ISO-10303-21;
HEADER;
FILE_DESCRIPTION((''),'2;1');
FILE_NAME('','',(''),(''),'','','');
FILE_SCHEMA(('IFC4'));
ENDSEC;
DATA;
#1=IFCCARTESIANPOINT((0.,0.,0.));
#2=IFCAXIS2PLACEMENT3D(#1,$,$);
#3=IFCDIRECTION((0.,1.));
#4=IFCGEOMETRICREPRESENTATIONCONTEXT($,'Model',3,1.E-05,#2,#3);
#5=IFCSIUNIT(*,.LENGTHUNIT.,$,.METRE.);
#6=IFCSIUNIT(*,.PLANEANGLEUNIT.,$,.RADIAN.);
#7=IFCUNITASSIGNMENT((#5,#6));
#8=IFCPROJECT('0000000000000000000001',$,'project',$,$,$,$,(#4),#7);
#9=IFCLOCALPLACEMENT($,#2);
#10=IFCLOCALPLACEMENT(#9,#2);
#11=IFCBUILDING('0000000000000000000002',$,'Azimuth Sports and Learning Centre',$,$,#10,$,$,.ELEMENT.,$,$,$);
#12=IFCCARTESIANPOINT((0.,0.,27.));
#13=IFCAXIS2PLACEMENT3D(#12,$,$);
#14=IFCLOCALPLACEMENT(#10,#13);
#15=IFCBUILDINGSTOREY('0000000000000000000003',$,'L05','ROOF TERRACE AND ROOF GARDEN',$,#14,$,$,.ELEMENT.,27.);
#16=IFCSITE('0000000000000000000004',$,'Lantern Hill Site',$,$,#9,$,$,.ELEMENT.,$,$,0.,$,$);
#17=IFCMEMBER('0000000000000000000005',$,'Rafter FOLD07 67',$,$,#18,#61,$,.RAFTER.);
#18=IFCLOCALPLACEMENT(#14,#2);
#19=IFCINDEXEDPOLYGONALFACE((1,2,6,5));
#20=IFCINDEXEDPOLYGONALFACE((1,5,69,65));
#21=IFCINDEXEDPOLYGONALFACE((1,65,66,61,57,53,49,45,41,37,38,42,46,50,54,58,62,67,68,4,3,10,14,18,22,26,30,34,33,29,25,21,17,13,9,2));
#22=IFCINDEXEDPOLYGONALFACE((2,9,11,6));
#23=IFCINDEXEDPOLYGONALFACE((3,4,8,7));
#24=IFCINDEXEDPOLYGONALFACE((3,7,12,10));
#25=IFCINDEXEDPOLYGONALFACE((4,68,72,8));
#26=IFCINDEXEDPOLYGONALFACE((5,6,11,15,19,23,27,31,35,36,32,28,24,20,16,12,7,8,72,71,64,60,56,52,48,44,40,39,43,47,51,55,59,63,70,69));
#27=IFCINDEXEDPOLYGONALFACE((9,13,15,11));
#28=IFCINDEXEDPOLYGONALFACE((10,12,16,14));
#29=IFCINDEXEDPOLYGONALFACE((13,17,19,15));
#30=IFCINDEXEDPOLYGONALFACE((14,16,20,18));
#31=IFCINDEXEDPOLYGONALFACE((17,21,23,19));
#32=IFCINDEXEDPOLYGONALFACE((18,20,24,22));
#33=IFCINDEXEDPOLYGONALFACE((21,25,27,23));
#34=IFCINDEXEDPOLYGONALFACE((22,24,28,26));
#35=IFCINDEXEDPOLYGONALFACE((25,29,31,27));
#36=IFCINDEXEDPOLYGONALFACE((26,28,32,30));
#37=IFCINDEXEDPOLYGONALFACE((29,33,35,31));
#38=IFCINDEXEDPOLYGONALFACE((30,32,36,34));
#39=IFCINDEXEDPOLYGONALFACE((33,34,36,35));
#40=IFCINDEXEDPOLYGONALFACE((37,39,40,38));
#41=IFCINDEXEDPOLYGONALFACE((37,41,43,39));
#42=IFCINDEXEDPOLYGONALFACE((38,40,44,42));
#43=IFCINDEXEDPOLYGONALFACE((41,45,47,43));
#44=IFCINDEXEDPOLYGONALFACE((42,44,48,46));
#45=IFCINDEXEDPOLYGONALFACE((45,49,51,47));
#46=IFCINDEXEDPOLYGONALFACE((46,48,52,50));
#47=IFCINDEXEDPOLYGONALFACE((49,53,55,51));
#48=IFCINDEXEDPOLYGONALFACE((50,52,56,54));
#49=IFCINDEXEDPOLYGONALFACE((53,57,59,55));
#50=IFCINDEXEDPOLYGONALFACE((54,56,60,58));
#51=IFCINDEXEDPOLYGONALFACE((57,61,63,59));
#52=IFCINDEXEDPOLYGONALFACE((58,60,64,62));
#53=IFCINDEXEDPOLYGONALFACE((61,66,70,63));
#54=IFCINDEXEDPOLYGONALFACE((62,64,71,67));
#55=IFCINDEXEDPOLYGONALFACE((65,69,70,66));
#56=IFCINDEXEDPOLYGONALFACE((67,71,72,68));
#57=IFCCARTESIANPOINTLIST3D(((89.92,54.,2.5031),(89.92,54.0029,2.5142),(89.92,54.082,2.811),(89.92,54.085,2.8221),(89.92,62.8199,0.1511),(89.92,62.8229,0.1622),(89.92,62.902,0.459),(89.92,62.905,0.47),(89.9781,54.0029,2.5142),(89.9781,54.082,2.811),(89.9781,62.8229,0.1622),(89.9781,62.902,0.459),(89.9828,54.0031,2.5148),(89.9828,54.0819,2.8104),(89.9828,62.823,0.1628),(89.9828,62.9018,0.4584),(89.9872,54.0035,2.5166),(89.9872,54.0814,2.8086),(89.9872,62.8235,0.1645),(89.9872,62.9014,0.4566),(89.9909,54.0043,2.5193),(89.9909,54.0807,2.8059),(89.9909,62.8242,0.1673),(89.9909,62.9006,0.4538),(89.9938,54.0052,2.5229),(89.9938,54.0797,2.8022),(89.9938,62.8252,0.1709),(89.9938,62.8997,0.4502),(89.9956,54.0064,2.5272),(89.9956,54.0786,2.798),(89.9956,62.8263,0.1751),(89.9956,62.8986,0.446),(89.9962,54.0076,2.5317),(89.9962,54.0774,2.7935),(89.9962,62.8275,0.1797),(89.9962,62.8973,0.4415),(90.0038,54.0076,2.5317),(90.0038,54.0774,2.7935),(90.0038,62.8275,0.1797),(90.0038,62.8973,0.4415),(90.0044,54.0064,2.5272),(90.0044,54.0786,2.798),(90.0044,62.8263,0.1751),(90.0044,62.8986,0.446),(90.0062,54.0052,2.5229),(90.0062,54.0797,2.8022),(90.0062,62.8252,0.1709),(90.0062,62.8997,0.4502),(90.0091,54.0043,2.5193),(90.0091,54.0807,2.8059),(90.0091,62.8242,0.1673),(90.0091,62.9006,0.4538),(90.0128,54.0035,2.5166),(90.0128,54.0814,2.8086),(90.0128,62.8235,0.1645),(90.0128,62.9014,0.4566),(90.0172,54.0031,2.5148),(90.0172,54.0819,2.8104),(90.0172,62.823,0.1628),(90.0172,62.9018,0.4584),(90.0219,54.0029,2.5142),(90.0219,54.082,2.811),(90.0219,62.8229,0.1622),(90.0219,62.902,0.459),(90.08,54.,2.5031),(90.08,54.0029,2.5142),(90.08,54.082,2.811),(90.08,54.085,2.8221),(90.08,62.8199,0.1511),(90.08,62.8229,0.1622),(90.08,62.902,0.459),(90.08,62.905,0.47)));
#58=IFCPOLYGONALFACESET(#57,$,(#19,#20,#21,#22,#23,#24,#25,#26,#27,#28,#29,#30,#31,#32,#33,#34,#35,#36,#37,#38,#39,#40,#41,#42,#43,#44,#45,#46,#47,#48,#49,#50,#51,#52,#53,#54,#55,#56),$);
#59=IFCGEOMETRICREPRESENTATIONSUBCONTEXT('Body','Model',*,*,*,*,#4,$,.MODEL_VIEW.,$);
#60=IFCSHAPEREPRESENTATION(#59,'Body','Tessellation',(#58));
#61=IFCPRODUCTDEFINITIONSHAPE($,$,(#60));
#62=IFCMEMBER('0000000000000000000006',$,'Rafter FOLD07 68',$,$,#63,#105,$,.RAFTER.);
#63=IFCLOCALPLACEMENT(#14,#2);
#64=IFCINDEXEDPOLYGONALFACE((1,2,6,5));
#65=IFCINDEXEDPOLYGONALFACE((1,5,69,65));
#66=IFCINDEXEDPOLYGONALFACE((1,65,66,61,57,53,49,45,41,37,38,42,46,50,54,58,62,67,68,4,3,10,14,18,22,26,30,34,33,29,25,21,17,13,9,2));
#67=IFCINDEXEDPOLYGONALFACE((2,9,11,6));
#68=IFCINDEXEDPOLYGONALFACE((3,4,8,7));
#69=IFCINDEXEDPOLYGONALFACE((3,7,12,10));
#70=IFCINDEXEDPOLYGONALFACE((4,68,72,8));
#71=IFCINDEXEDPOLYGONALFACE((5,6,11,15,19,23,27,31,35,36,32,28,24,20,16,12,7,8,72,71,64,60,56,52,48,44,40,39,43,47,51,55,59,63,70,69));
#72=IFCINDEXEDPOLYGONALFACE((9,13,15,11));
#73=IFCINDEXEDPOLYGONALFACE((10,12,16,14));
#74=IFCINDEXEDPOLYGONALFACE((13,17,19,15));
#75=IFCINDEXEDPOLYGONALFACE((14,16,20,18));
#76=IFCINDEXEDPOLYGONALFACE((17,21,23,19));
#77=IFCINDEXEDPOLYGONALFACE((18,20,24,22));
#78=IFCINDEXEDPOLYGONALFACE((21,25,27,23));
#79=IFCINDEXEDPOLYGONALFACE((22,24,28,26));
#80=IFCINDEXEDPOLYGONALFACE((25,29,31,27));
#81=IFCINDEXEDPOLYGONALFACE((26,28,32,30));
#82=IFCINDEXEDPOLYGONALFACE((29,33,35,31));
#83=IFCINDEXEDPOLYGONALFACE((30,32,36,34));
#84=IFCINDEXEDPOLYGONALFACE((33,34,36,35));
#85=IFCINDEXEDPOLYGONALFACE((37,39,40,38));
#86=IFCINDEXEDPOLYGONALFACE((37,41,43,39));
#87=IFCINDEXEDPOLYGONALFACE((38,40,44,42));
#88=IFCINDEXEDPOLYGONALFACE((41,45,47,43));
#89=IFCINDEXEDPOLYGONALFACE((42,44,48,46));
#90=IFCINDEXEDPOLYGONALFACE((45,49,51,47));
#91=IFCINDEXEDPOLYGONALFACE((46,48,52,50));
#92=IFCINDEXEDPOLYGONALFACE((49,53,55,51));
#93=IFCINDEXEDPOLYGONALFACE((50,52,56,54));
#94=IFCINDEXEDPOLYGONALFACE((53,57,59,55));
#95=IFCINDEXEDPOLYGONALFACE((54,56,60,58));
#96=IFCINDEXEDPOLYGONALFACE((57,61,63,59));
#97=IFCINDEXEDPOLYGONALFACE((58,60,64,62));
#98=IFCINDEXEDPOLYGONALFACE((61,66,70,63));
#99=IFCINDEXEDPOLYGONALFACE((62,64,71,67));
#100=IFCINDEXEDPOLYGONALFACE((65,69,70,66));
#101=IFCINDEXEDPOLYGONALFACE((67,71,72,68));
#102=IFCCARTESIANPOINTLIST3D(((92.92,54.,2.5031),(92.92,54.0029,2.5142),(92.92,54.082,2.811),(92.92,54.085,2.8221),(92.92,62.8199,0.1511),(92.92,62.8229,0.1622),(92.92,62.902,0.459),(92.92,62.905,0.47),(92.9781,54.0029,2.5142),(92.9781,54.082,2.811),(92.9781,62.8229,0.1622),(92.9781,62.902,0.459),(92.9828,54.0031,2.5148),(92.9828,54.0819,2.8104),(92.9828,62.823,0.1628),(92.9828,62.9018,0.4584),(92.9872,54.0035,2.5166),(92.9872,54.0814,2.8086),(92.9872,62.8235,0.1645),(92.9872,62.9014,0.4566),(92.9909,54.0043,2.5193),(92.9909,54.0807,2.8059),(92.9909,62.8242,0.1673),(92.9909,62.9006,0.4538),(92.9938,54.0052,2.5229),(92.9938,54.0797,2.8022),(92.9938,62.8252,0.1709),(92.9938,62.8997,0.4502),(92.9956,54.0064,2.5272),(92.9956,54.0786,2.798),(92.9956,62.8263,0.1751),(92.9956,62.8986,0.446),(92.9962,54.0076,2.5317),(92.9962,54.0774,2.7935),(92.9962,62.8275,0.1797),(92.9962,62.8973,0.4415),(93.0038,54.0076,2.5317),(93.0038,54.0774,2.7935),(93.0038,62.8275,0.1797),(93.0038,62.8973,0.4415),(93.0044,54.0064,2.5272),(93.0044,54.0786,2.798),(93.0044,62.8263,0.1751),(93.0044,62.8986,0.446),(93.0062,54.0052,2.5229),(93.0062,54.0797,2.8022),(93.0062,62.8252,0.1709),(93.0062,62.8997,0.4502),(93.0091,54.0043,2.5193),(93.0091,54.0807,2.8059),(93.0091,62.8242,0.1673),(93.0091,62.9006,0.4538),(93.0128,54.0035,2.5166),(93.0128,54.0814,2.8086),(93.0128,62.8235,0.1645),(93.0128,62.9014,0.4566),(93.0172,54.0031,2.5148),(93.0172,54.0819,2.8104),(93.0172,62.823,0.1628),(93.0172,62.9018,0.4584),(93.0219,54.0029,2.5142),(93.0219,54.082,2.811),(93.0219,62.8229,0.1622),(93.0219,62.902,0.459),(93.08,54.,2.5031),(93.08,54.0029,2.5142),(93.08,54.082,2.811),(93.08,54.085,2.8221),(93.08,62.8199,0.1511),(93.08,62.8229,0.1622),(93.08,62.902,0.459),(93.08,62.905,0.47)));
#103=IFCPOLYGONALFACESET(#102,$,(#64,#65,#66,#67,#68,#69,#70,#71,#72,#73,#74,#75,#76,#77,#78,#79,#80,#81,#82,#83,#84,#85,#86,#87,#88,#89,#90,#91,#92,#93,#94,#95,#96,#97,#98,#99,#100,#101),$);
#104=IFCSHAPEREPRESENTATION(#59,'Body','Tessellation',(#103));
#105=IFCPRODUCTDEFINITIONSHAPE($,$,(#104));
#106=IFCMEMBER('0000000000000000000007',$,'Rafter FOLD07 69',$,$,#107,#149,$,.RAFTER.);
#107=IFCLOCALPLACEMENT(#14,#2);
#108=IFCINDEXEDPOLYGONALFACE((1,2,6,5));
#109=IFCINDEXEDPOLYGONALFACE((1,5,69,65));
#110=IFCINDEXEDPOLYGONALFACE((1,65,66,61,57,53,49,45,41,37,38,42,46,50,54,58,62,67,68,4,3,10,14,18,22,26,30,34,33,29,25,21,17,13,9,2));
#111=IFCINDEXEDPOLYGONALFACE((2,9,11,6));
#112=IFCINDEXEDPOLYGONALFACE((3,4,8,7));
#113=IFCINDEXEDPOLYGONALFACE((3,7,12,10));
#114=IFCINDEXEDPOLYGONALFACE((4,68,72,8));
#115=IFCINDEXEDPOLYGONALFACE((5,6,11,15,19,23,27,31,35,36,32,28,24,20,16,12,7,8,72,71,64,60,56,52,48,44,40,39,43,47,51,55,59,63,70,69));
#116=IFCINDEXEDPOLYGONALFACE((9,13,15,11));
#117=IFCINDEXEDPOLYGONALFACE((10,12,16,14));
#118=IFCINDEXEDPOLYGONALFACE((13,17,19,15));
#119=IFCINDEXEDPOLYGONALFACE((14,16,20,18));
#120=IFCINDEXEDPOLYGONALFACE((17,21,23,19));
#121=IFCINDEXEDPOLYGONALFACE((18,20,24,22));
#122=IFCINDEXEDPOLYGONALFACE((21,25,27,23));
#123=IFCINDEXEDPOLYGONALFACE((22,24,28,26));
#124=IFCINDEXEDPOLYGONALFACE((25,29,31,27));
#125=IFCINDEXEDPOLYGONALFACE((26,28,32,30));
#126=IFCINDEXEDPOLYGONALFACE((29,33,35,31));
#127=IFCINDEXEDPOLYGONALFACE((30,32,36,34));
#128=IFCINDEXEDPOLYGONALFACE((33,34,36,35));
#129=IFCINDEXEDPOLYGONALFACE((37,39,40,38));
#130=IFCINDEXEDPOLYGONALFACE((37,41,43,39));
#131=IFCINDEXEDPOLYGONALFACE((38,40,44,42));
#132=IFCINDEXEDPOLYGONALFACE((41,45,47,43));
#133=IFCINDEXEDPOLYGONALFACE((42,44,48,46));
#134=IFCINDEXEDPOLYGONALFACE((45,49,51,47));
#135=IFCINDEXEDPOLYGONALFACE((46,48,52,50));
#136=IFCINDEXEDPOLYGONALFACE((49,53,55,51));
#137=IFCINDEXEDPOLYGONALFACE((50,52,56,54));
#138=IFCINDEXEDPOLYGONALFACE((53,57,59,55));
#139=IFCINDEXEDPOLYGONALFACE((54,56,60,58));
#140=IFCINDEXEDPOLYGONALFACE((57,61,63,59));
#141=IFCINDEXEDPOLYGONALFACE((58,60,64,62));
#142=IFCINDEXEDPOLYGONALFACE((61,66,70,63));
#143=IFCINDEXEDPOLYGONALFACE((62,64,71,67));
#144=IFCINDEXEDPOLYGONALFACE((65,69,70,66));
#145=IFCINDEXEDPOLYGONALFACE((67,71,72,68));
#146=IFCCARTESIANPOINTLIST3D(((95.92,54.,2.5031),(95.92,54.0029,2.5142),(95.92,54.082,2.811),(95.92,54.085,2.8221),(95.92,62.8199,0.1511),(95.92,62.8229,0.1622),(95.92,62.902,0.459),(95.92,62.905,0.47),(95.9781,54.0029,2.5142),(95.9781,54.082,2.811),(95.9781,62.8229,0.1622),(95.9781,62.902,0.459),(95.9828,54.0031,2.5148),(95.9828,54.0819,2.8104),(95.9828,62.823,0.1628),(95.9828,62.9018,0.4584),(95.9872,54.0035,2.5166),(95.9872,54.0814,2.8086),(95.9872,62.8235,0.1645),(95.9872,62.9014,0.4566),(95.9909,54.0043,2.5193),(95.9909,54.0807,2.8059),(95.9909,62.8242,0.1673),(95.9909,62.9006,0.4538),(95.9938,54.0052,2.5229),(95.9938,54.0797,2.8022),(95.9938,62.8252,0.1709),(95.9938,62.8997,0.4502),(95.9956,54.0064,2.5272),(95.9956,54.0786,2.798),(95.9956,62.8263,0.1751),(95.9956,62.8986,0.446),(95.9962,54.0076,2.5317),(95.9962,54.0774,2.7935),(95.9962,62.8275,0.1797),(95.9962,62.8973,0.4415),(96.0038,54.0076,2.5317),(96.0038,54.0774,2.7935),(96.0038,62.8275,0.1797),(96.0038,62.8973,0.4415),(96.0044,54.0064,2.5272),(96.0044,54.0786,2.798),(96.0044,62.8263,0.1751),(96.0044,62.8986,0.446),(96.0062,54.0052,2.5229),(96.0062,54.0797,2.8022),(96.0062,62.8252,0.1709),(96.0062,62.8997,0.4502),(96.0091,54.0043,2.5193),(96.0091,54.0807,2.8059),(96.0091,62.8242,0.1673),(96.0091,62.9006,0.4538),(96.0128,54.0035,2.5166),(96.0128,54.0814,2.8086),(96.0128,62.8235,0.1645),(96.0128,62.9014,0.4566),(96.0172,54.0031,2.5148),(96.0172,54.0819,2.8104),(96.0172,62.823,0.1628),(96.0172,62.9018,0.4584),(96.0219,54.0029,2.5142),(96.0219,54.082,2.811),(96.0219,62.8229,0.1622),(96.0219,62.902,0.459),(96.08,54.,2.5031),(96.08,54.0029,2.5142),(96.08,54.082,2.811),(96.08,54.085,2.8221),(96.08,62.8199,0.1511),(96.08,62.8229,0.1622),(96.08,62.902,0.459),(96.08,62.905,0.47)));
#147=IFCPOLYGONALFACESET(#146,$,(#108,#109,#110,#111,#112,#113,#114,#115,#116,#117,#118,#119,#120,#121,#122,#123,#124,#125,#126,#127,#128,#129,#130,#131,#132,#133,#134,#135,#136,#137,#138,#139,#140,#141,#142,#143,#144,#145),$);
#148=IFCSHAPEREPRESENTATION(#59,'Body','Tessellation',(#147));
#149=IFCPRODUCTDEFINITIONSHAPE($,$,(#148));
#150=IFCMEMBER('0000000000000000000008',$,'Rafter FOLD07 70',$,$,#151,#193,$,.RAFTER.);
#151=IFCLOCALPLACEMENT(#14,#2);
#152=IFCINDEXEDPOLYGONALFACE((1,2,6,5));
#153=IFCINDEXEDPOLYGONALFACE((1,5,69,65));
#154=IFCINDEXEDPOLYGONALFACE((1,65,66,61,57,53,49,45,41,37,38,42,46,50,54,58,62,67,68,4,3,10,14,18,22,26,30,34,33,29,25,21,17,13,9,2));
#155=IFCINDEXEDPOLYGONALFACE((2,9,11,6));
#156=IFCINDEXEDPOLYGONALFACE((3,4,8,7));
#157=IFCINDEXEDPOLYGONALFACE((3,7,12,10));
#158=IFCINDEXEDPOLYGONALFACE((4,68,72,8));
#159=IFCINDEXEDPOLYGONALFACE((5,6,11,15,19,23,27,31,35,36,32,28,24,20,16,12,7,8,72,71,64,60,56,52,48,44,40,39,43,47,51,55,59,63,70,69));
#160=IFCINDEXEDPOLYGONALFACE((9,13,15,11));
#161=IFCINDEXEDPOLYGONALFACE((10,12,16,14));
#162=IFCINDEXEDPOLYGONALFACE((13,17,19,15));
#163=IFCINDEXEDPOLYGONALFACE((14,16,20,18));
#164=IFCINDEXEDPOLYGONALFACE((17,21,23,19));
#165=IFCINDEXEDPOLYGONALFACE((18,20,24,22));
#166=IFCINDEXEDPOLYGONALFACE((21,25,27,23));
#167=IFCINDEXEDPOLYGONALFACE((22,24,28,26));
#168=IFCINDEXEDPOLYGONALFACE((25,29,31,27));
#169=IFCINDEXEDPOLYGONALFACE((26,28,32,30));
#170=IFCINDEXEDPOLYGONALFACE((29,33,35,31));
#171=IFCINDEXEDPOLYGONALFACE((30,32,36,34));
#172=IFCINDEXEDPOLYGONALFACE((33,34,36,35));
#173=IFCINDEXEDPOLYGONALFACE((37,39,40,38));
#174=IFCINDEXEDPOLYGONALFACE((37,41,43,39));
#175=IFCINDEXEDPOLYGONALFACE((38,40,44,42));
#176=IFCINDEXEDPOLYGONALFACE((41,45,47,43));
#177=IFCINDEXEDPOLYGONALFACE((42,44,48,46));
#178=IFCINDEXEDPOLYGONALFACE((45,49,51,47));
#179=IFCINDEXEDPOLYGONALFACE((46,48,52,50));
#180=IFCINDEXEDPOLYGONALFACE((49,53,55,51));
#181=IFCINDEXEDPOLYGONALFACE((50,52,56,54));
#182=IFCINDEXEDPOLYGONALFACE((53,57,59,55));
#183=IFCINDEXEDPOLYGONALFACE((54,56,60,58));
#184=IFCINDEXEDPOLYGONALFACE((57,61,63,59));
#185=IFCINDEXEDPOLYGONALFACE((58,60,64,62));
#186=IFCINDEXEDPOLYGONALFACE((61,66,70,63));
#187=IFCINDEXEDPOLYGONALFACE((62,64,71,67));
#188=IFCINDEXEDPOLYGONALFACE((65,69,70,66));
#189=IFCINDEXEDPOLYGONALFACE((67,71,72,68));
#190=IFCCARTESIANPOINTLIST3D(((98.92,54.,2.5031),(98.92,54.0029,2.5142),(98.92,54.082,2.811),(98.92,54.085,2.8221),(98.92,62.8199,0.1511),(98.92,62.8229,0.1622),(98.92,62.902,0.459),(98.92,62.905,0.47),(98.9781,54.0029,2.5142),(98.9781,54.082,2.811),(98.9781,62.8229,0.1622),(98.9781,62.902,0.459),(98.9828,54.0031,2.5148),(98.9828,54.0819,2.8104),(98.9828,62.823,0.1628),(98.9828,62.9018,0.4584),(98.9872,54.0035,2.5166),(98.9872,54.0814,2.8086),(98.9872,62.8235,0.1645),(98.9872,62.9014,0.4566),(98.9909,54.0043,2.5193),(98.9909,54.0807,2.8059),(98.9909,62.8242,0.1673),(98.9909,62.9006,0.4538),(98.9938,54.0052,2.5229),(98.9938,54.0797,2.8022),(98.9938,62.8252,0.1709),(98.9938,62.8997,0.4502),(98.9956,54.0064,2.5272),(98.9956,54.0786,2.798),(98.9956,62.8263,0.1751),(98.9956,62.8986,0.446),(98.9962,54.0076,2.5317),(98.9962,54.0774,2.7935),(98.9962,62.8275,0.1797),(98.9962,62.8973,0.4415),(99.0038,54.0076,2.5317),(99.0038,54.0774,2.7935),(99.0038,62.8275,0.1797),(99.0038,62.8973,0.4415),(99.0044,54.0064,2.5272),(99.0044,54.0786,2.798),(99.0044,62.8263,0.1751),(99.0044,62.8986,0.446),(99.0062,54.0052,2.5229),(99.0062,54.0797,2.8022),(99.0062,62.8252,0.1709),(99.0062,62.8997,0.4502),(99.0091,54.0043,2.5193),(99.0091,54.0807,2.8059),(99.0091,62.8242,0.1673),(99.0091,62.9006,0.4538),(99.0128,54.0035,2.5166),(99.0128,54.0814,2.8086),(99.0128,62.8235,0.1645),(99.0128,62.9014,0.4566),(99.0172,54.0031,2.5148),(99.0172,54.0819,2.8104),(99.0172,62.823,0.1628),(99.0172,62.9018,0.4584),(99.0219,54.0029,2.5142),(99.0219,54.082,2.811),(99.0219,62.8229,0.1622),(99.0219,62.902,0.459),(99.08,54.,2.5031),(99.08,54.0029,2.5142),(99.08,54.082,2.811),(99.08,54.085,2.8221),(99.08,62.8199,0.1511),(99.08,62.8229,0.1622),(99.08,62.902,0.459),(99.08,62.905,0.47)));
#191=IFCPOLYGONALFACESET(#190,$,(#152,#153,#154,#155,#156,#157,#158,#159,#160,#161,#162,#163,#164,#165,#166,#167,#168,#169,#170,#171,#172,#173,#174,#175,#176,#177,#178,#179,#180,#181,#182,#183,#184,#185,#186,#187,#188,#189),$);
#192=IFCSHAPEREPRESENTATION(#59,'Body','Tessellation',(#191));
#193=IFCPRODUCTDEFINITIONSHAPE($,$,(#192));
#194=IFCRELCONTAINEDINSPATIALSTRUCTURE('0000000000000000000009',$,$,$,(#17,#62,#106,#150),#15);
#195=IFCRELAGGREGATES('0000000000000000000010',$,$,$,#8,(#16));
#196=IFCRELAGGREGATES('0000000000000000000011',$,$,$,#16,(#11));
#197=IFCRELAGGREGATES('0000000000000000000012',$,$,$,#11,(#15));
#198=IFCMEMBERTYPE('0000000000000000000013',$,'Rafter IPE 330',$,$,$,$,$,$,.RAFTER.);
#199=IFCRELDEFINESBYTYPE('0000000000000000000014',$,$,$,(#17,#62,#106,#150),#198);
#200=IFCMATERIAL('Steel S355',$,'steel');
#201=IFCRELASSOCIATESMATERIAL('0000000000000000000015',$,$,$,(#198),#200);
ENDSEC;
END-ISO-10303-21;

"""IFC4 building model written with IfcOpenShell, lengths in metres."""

from ifc_helpers import new_model, si_unit, direction, frame, origin, origin_2d, place, context, subcontext, project, spatial, i_section, extrude, material, material_profile, profile_set, type_object, element, save


model = new_model("IFC4")

# Units and contexts
model_context = context("Model", 3, precision=1e-05, world=origin(), true_north=direction((0.0, 1.0)))
body_context = subcontext(model_context, "Body", "Model", "MODEL_VIEW")
ifc_project = project(units=[si_unit("LENGTHUNIT", "METRE"), si_unit("PLANEANGLEUNIT", "RADIAN")], contexts=[model_context])

# Site, building, storey
site_placement = place(None, origin())
site = spatial("IfcSite", under=ifc_project, at=site_placement, Name="Lantern Hill Site", CompositionType="ELEMENT", RefElevation=0.0)
building_placement = place(site_placement, origin())
building = spatial("IfcBuilding", under=site, at=building_placement, Name="Azimuth Sports and Learning Centre", CompositionType="ELEMENT")
storey_placement = place(building_placement, frame((0.0, 0.0, 27.0)))
storey = spatial("IfcBuildingStorey", under=building, at=storey_placement, Name="L05", Description="ROOF TERRACE AND ROOF GARDEN", CompositionType="ELEMENT", Elevation=27.0)

# Members
ifc_material_1 = material(Name="Steel S355", Category="steel")
ifc_material_profile_1 = material_profile(ifc_material_1, i_section(OverallWidth=0.1599, OverallDepth=0.3301, WebThickness=0.0076, FlangeThickness=0.0115, FilletRadius=0.0181, at=origin_2d()), Name="IPE 330")
ifc_profile_set_1 = profile_set([ifc_material_profile_1], Name="Steel S355")
member_type_1 = type_object("IfcMemberType", Name="Rafter IPE 330", PredefinedType="RAFTER", material=ifc_profile_set_1)
for number, where, z_axis, x_axis, name in (
    (1, (90.0, 54.0425, 2.6626), (0.0, 0.966234, -0.257666), (-1.0, 0.0, 0.0), "Rafter FOLD07 67"),
    (2, (93.0, 54.0425, 2.6626), (0.0, 0.966234, -0.257666), (-1.0, 0.0, 0.0), "Rafter FOLD07 68"),
    (3, (96.0, 54.0425, 2.6626), (0.0, 0.966234, -0.257666), (-1.0, 0.0, 0.0), "Rafter FOLD07 69"),
    (4, (99.0, 54.0425, 2.6626), (0.0, 0.966234, -0.257666), (-1.0, 0.0, 0.0), "Rafter FOLD07 70"),
):
    element("IfcMember", number, at=place(storey_placement, frame(where, z_axis=z_axis, x_axis=x_axis)), inside=storey, type_object=member_type_1, Name=name, PredefinedType="RAFTER", context=body_context, shape_type="SweptSolid", body=[
        extrude(i_section(OverallWidth=0.1599, OverallDepth=0.3301, WebThickness=0.0076, FlangeThickness=0.0115, FilletRadius=0.0181, at=origin_2d()), origin(), (0.0, 0.0, 1.0), 9.1282),
    ])

save(model, "model.ifc")
